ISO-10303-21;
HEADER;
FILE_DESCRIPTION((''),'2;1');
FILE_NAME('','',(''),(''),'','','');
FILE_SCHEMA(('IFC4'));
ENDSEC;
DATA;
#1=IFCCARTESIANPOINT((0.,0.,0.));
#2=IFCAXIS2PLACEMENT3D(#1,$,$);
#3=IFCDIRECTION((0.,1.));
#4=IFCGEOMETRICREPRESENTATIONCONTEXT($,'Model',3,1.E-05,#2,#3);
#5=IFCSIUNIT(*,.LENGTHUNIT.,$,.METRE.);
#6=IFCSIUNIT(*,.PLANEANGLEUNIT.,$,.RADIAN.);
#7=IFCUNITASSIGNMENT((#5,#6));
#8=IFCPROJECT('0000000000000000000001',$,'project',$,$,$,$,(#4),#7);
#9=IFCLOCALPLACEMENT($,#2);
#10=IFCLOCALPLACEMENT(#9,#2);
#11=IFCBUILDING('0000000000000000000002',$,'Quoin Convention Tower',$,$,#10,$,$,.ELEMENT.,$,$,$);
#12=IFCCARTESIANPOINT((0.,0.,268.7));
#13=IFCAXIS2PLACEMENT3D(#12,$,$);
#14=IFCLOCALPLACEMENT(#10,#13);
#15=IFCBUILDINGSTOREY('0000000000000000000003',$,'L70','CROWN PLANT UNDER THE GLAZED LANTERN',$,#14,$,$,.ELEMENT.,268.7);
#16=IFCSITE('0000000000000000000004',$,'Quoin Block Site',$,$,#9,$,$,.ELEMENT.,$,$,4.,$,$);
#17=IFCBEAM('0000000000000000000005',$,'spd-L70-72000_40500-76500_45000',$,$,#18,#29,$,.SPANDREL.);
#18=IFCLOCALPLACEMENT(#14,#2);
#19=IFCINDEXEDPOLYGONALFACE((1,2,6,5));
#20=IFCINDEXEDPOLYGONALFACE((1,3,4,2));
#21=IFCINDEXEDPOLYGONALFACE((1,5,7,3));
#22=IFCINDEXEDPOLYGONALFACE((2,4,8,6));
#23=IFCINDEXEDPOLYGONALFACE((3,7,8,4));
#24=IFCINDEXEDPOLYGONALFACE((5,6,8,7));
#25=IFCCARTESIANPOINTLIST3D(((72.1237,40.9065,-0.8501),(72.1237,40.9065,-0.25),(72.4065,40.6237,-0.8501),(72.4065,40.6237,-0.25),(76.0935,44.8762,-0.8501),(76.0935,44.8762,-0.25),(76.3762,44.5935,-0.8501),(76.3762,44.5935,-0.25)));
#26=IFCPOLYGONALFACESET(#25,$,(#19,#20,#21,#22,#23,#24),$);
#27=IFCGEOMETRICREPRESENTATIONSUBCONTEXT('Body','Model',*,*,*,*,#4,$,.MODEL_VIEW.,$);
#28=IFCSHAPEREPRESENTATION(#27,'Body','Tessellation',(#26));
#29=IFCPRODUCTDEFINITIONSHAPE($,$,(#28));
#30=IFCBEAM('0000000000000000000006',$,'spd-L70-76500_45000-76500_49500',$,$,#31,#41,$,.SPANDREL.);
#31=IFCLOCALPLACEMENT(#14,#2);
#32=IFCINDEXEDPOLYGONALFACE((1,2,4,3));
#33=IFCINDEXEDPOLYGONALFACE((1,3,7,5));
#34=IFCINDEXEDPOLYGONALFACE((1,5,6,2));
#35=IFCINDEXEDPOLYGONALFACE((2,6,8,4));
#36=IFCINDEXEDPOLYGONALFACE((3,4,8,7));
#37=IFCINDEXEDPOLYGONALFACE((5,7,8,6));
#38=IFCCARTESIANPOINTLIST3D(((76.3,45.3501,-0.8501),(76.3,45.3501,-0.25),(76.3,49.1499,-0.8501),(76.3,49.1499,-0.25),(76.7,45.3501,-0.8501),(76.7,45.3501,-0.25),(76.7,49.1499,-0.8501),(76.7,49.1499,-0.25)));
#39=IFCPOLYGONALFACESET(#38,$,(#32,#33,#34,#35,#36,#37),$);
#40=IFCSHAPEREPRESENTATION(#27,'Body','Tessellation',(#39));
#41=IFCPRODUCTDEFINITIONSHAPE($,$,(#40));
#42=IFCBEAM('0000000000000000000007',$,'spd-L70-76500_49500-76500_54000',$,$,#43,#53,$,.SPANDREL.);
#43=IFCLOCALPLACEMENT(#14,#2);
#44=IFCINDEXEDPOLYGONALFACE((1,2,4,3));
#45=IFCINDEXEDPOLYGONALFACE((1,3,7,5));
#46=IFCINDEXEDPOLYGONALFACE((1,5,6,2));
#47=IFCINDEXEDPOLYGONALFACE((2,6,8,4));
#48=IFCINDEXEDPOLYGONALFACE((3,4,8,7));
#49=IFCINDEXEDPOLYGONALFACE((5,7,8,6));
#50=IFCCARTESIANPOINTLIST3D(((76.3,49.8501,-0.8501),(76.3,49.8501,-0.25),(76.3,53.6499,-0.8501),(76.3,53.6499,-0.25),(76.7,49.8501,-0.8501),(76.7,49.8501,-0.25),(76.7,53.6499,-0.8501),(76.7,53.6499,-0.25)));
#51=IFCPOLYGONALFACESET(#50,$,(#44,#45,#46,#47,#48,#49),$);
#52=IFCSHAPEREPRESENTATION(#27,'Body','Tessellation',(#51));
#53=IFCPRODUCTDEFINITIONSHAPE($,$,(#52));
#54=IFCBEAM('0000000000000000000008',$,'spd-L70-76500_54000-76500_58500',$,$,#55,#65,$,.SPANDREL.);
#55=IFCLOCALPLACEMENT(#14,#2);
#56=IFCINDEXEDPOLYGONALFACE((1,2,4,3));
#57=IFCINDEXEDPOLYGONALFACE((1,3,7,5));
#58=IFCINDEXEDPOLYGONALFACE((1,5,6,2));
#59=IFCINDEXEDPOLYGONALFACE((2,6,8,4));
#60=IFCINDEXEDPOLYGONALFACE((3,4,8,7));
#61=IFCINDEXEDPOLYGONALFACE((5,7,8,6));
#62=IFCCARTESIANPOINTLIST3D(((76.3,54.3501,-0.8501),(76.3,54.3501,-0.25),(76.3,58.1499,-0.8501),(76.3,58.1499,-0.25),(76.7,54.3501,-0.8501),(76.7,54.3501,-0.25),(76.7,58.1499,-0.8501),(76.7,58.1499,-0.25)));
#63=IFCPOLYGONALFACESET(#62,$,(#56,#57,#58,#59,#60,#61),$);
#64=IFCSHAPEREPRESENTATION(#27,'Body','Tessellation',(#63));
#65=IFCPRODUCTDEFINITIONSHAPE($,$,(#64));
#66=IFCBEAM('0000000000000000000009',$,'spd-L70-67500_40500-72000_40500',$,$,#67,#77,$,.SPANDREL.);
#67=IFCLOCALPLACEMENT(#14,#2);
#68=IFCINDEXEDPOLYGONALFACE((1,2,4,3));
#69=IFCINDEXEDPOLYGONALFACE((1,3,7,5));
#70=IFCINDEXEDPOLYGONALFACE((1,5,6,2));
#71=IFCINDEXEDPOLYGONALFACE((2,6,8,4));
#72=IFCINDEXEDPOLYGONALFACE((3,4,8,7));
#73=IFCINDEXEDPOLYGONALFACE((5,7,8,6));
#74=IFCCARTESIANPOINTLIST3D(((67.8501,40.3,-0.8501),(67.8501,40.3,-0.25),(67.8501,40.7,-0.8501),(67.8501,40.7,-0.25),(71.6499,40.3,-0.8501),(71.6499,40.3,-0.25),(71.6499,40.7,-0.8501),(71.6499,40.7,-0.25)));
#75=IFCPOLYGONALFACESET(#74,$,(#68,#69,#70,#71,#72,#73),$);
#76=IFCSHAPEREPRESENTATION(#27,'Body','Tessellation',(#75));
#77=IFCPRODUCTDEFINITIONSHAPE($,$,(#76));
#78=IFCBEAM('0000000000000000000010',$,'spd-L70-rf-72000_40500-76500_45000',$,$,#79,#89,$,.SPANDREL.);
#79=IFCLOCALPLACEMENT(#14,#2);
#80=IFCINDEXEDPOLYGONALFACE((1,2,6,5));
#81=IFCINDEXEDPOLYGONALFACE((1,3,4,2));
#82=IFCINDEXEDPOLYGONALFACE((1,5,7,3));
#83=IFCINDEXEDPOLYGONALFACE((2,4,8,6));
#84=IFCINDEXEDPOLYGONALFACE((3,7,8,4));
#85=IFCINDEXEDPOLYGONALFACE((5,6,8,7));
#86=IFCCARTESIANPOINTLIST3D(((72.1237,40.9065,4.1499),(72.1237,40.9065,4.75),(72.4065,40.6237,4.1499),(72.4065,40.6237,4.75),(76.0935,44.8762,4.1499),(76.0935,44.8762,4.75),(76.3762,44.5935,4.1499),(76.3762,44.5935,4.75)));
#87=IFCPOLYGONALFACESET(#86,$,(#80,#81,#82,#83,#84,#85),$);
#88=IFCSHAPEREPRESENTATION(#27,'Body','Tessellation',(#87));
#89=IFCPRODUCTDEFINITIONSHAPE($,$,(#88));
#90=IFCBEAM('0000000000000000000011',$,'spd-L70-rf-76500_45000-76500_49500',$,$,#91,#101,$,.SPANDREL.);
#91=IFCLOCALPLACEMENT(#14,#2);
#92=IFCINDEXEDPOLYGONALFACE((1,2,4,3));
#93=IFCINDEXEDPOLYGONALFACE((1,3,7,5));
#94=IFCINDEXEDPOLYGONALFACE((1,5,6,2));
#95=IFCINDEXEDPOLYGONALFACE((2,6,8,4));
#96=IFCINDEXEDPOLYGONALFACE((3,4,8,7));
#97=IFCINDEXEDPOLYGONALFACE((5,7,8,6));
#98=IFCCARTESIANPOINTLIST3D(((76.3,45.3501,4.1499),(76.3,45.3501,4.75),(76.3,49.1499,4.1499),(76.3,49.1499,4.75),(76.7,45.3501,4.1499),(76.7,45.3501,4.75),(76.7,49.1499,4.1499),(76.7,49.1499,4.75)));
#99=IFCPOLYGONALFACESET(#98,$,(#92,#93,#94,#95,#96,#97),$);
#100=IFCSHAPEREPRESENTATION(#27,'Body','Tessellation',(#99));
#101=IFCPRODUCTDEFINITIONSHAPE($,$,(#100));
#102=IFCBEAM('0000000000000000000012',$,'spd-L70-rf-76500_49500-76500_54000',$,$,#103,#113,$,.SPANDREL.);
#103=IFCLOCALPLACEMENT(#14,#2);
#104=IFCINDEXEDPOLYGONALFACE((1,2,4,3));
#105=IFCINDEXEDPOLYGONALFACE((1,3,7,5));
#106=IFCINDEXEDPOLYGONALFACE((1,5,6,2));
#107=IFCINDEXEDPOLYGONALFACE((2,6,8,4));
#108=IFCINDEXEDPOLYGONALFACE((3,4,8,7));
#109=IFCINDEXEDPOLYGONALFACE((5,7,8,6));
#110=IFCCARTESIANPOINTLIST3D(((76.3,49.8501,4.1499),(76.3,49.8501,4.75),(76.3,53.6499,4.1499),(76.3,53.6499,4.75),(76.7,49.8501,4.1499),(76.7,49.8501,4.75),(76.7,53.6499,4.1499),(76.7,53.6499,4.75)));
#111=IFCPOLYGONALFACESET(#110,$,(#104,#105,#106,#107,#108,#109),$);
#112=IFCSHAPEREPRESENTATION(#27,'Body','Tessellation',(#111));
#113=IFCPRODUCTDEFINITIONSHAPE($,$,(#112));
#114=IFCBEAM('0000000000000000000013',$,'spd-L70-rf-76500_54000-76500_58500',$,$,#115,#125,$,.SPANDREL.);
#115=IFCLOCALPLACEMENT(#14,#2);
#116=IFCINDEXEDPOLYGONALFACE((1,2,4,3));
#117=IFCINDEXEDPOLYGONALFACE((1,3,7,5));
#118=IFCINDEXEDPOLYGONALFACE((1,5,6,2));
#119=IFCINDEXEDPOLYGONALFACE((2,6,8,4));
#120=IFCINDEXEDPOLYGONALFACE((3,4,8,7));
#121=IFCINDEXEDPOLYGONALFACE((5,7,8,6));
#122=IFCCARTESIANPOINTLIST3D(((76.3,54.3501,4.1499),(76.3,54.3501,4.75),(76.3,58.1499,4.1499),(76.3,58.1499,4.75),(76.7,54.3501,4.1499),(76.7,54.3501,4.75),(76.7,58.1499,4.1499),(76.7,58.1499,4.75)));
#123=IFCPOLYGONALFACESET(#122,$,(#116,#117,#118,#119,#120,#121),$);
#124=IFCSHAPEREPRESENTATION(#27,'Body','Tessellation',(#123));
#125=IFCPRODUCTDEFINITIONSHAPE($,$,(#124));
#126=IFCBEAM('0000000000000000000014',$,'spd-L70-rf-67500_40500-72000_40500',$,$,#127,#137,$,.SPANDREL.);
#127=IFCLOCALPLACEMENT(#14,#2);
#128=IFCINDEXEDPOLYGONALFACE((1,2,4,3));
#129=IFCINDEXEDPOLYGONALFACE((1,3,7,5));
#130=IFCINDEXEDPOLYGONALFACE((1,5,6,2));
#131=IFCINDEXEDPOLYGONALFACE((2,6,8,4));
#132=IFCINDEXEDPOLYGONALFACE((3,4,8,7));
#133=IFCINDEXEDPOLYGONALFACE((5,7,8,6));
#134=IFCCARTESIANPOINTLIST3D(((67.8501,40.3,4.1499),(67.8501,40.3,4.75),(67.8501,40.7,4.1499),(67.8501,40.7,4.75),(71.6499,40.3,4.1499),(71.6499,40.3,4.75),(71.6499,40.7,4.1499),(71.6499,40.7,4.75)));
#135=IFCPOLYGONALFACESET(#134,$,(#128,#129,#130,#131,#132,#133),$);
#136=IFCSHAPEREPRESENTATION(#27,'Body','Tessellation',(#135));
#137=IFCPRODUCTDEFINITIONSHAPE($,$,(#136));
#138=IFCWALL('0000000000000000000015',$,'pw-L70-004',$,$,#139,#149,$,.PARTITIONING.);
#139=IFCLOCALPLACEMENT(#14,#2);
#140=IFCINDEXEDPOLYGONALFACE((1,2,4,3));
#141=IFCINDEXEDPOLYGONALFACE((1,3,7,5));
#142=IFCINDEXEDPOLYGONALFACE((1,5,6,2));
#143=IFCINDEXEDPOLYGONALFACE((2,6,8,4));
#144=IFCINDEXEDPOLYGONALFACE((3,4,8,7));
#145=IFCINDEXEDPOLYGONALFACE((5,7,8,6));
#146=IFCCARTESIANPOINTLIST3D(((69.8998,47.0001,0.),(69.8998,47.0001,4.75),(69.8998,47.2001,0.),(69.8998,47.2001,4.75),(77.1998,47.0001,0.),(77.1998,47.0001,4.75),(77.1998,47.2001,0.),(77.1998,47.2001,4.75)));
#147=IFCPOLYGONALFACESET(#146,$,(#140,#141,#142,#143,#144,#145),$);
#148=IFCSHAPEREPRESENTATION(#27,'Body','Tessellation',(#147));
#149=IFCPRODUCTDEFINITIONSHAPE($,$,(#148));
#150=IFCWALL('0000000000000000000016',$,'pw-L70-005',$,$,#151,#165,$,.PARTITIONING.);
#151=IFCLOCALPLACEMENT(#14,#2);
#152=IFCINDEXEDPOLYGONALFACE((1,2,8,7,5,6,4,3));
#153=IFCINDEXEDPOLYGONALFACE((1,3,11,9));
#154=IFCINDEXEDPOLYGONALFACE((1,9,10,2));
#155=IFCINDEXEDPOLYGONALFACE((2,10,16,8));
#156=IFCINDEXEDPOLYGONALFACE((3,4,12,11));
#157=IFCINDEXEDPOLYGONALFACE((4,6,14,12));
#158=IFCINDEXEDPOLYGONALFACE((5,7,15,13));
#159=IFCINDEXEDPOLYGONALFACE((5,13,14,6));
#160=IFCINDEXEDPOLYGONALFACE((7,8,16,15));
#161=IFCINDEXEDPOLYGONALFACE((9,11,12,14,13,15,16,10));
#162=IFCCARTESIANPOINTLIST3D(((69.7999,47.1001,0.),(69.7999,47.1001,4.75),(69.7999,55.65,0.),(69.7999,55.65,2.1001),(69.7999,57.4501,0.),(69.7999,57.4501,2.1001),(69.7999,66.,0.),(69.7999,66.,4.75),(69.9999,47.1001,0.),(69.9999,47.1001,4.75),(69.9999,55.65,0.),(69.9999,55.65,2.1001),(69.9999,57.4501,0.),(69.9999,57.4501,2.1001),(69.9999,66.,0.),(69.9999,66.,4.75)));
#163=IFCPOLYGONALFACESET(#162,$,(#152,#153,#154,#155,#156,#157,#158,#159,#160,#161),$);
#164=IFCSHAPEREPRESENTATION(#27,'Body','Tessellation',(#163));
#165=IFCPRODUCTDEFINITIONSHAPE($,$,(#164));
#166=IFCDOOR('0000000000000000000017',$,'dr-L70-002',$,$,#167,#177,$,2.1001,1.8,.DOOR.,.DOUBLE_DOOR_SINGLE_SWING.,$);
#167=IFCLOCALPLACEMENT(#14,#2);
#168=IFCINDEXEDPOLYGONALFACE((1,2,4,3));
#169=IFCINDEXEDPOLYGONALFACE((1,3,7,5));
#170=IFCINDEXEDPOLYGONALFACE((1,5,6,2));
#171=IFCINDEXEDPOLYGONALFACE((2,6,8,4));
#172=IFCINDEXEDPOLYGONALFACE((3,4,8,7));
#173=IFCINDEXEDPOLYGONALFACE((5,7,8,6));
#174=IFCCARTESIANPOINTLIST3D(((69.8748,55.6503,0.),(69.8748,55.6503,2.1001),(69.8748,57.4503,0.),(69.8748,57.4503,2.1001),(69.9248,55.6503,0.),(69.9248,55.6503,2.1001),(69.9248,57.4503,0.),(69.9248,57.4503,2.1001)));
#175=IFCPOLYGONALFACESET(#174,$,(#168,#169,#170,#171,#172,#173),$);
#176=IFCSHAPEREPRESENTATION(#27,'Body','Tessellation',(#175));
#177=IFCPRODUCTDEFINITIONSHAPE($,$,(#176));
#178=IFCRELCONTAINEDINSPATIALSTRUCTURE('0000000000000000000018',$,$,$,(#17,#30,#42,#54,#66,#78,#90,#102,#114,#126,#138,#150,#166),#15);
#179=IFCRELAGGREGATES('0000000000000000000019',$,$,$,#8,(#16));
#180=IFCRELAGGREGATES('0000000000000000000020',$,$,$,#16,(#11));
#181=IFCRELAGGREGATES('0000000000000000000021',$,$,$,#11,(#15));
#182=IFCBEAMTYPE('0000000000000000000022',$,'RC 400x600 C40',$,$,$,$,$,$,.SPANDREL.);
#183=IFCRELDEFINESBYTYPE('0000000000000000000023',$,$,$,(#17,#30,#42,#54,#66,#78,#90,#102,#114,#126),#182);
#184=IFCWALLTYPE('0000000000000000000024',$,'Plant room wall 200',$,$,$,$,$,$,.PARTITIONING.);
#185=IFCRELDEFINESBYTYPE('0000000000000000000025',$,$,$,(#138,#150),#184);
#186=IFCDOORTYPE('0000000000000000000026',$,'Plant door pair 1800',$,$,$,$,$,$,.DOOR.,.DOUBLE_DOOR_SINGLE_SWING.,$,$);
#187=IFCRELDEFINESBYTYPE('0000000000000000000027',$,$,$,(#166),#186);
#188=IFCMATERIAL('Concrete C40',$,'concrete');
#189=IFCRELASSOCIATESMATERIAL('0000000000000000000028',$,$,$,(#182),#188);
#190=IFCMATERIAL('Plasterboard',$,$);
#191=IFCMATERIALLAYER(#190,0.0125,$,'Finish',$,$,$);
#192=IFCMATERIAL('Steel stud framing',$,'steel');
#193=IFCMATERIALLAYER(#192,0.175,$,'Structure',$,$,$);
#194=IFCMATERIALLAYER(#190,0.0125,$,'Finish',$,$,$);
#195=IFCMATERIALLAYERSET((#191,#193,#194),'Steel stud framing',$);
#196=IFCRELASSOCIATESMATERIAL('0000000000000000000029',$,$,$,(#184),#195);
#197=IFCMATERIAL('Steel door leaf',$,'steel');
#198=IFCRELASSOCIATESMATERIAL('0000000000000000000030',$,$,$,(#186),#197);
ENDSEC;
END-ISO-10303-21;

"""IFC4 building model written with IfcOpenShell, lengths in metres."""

from ifc_helpers import new_model, si_unit, direction, frame, frame_2d, origin, origin_2d, place, context, subcontext, project, spatial, rectangle, extrude, material, layer, layer_set, material_profile, profile_set, type_object, element, fill, save


model = new_model("IFC4")

# Units and contexts
model_context = context("Model", 3, precision=1e-05, world=origin(), true_north=direction((0.0, 1.0)))
body_context = subcontext(model_context, "Body", "Model", "MODEL_VIEW")
ifc_project = project(units=[si_unit("LENGTHUNIT", "METRE"), si_unit("PLANEANGLEUNIT", "RADIAN")], contexts=[model_context])

# Site, building, storey
site_placement = place(None, origin())
site = spatial("IfcSite", under=ifc_project, at=site_placement, Name="Quoin Block Site", CompositionType="ELEMENT", RefElevation=4.0)
building_placement = place(site_placement, origin())
building = spatial("IfcBuilding", under=site, at=building_placement, Name="Quoin Convention Tower", CompositionType="ELEMENT")
storey_placement = place(building_placement, frame((0.0, 0.0, 268.7)))
storey = spatial("IfcBuildingStorey", under=building, at=storey_placement, Name="L70", Description="CROWN PLANT UNDER THE GLAZED LANTERN", CompositionType="ELEMENT", Elevation=268.7)

# Shared definitions
ifc_material_1 = material(Name="Concrete C40", Category="concrete")

# Beams
ifc_material_profile_1 = material_profile(ifc_material_1, rectangle(XDim=0.3999, YDim=0.6001, at=origin_2d()), Name="RC 400x600")
ifc_profile_set_1 = profile_set([ifc_material_profile_1], Name="Concrete C40")
beam_type_1 = type_object("IfcBeamType", Name="RC 400x600 C40", PredefinedType="SPANDREL", material=ifc_profile_set_1)
beam_1_placement = place(storey_placement, frame((72.2651, 40.7651, -0.55), z_axis=(0.707107, 0.707107, 0.0), x_axis=(-0.707107, 0.707107, 0.0)))
element("IfcBeam", 1, at=beam_1_placement, inside=storey, type_object=beam_type_1, Name="spd-L70-72000_40500-76500_45000", PredefinedType="SPANDREL", context=body_context, shape_type="SweptSolid", body=[
    extrude(rectangle(XDim=0.3999, YDim=0.6001, at=origin_2d()), origin(), (0.0, 0.0, 1.0), 5.614),
])
for number, where, z_axis, x_axis, name in (
    (2, (76.5, 45.3501, -0.55), (0.0, 1.0, 0.0), (-1.0, 0.0, 0.0), "spd-L70-76500_45000-76500_49500"),
    (3, (76.5, 49.8501, -0.55), (0.0, 1.0, 0.0), (-1.0, 0.0, 0.0), "spd-L70-76500_49500-76500_54000"),
    (4, (76.5, 54.3501, -0.55), (0.0, 1.0, 0.0), (-1.0, 0.0, 0.0), "spd-L70-76500_54000-76500_58500"),
    (5, (67.8501, 40.5, -0.55), (1.0, 0.0, 0.0), (0.0, 1.0, 0.0), "spd-L70-67500_40500-72000_40500"),
):
    element("IfcBeam", number, at=place(storey_placement, frame(where, z_axis=z_axis, x_axis=x_axis)), inside=storey, type_object=beam_type_1, Name=name, PredefinedType="SPANDREL", context=body_context, shape_type="SweptSolid", body=[
        extrude(rectangle(XDim=0.3999, YDim=0.6001, at=origin_2d()), origin(), (0.0, 0.0, 1.0), 3.7998),
    ])
beam_2_placement = place(storey_placement, frame((72.2651, 40.7651, 4.45), z_axis=(0.707107, 0.707107, 0.0), x_axis=(-0.707107, 0.707107, 0.0)))
element("IfcBeam", 6, at=beam_2_placement, inside=storey, type_object=beam_type_1, Name="spd-L70-rf-72000_40500-76500_45000", PredefinedType="SPANDREL", context=body_context, shape_type="SweptSolid", body=[
    extrude(rectangle(XDim=0.3999, YDim=0.6001, at=origin_2d()), origin(), (0.0, 0.0, 1.0), 5.614),
])
for number, where, z_axis, x_axis, name in (
    (7, (76.5, 45.3501, 4.45), (0.0, 1.0, 0.0), (-1.0, 0.0, 0.0), "spd-L70-rf-76500_45000-76500_49500"),
    (8, (76.5, 49.8501, 4.45), (0.0, 1.0, 0.0), (-1.0, 0.0, 0.0), "spd-L70-rf-76500_49500-76500_54000"),
    (9, (76.5, 54.3501, 4.45), (0.0, 1.0, 0.0), (-1.0, 0.0, 0.0), "spd-L70-rf-76500_54000-76500_58500"),
    (10, (67.8501, 40.5, 4.45), (1.0, 0.0, 0.0), (0.0, 1.0, 0.0), "spd-L70-rf-67500_40500-72000_40500"),
):
    element("IfcBeam", number, at=place(storey_placement, frame(where, z_axis=z_axis, x_axis=x_axis)), inside=storey, type_object=beam_type_1, Name=name, PredefinedType="SPANDREL", context=body_context, shape_type="SweptSolid", body=[
        extrude(rectangle(XDim=0.3999, YDim=0.6001, at=origin_2d()), origin(), (0.0, 0.0, 1.0), 3.7998),
    ])

# Wall
ifc_material_2 = material(Name="Plasterboard")
ifc_layer_1 = layer(ifc_material_2, 0.0125, Name="Finish")
ifc_material_3 = material(Name="Steel stud framing", Category="steel")
ifc_layer_2 = layer(ifc_material_3, 0.175, Name="Structure")
ifc_layer_3 = layer(ifc_material_2, 0.0125, Name="Finish")
ifc_layer_set = layer_set([ifc_layer_1, ifc_layer_2, ifc_layer_3], Name="Steel stud framing")
wall_type = type_object("IfcWallType", Name="Plant room wall 200", PredefinedType="PARTITIONING", material=ifc_layer_set)
wall_1_placement = place(storey_placement, frame((69.8999, 47.1001, 0.0), z_axis=(0.0, 0.0, 1.0), x_axis=(1.0, 0.0, 0.0)))
element("IfcWall", 11, at=wall_1_placement, inside=storey, type_object=wall_type, Name="pw-L70-004", PredefinedType="PARTITIONING", context=body_context, shape_type="SweptSolid", body=[
    extrude(rectangle(XDim=7.3, YDim=0.2, at=frame_2d((3.6499, 0.0))), origin(), (0.0, 0.0, 1.0), 4.75),
])

# Wall, opening, door
wall_2_placement = place(storey_placement, frame((69.8999, 47.1001, 0.0), z_axis=(0.0, 0.0, 1.0), x_axis=(0.0, 1.0, 0.0)))
wall_2 = element("IfcWall", 12, at=wall_2_placement, inside=storey, type_object=wall_type, Name="pw-L70-005", PredefinedType="PARTITIONING", context=body_context, shape_type="SweptSolid", body=[
    extrude(rectangle(XDim=18.8999, YDim=0.2, at=frame_2d((9.45, 0.0))), origin(), (0.0, 0.0, 1.0), 4.75),
])
opening_placement = place(wall_2_placement, frame((8.55, 0.0, 0.0)))
opening = element("IfcOpeningElement", 13, at=opening_placement, cuts=wall_2, PredefinedType="OPENING", context=body_context, shape_type="SweptSolid", body=[
    extrude(rectangle(XDim=1.8, YDim=2.1001, at=frame_2d((0.8999, 1.05))), frame((0.0, 0.1099, 0.0), z_axis=(0.0, -1.0, 0.0), x_axis=(1.0, 0.0, 0.0)), (0.0, 0.0, 1.0), 0.22),
])
ifc_material_4 = material(Name="Steel door leaf", Category="steel")
door_type = type_object("IfcDoorType", Name="Plant door pair 1800", OperationType="DOUBLE_DOOR_SINGLE_SWING", PredefinedType="DOOR", material=ifc_material_4)
door_placement = place(opening_placement, frame((1.8, 0.0, 0.0), z_axis=(0.0, 0.0, 1.0), x_axis=(-1.0, 0.0, 0.0)))
door = element("IfcDoor", 14, at=door_placement, inside=storey, type_object=door_type, Name="dr-L70-002", OperationType="DOUBLE_DOOR_SINGLE_SWING", OverallHeight=2.1001, OverallWidth=1.8, PredefinedType="DOOR", context=body_context, shape_type="SweptSolid", body=[
    extrude(rectangle(XDim=1.8, YDim=2.1001, at=frame_2d((0.8999, 1.05))), frame((0.0, 0.0249, 0.0), z_axis=(0.0, -1.0, 0.0), x_axis=(1.0, 0.0, 0.0)), (0.0, 0.0, 1.0), 0.05),
])
fill(opening, door)

save(model, "model.ifc")
